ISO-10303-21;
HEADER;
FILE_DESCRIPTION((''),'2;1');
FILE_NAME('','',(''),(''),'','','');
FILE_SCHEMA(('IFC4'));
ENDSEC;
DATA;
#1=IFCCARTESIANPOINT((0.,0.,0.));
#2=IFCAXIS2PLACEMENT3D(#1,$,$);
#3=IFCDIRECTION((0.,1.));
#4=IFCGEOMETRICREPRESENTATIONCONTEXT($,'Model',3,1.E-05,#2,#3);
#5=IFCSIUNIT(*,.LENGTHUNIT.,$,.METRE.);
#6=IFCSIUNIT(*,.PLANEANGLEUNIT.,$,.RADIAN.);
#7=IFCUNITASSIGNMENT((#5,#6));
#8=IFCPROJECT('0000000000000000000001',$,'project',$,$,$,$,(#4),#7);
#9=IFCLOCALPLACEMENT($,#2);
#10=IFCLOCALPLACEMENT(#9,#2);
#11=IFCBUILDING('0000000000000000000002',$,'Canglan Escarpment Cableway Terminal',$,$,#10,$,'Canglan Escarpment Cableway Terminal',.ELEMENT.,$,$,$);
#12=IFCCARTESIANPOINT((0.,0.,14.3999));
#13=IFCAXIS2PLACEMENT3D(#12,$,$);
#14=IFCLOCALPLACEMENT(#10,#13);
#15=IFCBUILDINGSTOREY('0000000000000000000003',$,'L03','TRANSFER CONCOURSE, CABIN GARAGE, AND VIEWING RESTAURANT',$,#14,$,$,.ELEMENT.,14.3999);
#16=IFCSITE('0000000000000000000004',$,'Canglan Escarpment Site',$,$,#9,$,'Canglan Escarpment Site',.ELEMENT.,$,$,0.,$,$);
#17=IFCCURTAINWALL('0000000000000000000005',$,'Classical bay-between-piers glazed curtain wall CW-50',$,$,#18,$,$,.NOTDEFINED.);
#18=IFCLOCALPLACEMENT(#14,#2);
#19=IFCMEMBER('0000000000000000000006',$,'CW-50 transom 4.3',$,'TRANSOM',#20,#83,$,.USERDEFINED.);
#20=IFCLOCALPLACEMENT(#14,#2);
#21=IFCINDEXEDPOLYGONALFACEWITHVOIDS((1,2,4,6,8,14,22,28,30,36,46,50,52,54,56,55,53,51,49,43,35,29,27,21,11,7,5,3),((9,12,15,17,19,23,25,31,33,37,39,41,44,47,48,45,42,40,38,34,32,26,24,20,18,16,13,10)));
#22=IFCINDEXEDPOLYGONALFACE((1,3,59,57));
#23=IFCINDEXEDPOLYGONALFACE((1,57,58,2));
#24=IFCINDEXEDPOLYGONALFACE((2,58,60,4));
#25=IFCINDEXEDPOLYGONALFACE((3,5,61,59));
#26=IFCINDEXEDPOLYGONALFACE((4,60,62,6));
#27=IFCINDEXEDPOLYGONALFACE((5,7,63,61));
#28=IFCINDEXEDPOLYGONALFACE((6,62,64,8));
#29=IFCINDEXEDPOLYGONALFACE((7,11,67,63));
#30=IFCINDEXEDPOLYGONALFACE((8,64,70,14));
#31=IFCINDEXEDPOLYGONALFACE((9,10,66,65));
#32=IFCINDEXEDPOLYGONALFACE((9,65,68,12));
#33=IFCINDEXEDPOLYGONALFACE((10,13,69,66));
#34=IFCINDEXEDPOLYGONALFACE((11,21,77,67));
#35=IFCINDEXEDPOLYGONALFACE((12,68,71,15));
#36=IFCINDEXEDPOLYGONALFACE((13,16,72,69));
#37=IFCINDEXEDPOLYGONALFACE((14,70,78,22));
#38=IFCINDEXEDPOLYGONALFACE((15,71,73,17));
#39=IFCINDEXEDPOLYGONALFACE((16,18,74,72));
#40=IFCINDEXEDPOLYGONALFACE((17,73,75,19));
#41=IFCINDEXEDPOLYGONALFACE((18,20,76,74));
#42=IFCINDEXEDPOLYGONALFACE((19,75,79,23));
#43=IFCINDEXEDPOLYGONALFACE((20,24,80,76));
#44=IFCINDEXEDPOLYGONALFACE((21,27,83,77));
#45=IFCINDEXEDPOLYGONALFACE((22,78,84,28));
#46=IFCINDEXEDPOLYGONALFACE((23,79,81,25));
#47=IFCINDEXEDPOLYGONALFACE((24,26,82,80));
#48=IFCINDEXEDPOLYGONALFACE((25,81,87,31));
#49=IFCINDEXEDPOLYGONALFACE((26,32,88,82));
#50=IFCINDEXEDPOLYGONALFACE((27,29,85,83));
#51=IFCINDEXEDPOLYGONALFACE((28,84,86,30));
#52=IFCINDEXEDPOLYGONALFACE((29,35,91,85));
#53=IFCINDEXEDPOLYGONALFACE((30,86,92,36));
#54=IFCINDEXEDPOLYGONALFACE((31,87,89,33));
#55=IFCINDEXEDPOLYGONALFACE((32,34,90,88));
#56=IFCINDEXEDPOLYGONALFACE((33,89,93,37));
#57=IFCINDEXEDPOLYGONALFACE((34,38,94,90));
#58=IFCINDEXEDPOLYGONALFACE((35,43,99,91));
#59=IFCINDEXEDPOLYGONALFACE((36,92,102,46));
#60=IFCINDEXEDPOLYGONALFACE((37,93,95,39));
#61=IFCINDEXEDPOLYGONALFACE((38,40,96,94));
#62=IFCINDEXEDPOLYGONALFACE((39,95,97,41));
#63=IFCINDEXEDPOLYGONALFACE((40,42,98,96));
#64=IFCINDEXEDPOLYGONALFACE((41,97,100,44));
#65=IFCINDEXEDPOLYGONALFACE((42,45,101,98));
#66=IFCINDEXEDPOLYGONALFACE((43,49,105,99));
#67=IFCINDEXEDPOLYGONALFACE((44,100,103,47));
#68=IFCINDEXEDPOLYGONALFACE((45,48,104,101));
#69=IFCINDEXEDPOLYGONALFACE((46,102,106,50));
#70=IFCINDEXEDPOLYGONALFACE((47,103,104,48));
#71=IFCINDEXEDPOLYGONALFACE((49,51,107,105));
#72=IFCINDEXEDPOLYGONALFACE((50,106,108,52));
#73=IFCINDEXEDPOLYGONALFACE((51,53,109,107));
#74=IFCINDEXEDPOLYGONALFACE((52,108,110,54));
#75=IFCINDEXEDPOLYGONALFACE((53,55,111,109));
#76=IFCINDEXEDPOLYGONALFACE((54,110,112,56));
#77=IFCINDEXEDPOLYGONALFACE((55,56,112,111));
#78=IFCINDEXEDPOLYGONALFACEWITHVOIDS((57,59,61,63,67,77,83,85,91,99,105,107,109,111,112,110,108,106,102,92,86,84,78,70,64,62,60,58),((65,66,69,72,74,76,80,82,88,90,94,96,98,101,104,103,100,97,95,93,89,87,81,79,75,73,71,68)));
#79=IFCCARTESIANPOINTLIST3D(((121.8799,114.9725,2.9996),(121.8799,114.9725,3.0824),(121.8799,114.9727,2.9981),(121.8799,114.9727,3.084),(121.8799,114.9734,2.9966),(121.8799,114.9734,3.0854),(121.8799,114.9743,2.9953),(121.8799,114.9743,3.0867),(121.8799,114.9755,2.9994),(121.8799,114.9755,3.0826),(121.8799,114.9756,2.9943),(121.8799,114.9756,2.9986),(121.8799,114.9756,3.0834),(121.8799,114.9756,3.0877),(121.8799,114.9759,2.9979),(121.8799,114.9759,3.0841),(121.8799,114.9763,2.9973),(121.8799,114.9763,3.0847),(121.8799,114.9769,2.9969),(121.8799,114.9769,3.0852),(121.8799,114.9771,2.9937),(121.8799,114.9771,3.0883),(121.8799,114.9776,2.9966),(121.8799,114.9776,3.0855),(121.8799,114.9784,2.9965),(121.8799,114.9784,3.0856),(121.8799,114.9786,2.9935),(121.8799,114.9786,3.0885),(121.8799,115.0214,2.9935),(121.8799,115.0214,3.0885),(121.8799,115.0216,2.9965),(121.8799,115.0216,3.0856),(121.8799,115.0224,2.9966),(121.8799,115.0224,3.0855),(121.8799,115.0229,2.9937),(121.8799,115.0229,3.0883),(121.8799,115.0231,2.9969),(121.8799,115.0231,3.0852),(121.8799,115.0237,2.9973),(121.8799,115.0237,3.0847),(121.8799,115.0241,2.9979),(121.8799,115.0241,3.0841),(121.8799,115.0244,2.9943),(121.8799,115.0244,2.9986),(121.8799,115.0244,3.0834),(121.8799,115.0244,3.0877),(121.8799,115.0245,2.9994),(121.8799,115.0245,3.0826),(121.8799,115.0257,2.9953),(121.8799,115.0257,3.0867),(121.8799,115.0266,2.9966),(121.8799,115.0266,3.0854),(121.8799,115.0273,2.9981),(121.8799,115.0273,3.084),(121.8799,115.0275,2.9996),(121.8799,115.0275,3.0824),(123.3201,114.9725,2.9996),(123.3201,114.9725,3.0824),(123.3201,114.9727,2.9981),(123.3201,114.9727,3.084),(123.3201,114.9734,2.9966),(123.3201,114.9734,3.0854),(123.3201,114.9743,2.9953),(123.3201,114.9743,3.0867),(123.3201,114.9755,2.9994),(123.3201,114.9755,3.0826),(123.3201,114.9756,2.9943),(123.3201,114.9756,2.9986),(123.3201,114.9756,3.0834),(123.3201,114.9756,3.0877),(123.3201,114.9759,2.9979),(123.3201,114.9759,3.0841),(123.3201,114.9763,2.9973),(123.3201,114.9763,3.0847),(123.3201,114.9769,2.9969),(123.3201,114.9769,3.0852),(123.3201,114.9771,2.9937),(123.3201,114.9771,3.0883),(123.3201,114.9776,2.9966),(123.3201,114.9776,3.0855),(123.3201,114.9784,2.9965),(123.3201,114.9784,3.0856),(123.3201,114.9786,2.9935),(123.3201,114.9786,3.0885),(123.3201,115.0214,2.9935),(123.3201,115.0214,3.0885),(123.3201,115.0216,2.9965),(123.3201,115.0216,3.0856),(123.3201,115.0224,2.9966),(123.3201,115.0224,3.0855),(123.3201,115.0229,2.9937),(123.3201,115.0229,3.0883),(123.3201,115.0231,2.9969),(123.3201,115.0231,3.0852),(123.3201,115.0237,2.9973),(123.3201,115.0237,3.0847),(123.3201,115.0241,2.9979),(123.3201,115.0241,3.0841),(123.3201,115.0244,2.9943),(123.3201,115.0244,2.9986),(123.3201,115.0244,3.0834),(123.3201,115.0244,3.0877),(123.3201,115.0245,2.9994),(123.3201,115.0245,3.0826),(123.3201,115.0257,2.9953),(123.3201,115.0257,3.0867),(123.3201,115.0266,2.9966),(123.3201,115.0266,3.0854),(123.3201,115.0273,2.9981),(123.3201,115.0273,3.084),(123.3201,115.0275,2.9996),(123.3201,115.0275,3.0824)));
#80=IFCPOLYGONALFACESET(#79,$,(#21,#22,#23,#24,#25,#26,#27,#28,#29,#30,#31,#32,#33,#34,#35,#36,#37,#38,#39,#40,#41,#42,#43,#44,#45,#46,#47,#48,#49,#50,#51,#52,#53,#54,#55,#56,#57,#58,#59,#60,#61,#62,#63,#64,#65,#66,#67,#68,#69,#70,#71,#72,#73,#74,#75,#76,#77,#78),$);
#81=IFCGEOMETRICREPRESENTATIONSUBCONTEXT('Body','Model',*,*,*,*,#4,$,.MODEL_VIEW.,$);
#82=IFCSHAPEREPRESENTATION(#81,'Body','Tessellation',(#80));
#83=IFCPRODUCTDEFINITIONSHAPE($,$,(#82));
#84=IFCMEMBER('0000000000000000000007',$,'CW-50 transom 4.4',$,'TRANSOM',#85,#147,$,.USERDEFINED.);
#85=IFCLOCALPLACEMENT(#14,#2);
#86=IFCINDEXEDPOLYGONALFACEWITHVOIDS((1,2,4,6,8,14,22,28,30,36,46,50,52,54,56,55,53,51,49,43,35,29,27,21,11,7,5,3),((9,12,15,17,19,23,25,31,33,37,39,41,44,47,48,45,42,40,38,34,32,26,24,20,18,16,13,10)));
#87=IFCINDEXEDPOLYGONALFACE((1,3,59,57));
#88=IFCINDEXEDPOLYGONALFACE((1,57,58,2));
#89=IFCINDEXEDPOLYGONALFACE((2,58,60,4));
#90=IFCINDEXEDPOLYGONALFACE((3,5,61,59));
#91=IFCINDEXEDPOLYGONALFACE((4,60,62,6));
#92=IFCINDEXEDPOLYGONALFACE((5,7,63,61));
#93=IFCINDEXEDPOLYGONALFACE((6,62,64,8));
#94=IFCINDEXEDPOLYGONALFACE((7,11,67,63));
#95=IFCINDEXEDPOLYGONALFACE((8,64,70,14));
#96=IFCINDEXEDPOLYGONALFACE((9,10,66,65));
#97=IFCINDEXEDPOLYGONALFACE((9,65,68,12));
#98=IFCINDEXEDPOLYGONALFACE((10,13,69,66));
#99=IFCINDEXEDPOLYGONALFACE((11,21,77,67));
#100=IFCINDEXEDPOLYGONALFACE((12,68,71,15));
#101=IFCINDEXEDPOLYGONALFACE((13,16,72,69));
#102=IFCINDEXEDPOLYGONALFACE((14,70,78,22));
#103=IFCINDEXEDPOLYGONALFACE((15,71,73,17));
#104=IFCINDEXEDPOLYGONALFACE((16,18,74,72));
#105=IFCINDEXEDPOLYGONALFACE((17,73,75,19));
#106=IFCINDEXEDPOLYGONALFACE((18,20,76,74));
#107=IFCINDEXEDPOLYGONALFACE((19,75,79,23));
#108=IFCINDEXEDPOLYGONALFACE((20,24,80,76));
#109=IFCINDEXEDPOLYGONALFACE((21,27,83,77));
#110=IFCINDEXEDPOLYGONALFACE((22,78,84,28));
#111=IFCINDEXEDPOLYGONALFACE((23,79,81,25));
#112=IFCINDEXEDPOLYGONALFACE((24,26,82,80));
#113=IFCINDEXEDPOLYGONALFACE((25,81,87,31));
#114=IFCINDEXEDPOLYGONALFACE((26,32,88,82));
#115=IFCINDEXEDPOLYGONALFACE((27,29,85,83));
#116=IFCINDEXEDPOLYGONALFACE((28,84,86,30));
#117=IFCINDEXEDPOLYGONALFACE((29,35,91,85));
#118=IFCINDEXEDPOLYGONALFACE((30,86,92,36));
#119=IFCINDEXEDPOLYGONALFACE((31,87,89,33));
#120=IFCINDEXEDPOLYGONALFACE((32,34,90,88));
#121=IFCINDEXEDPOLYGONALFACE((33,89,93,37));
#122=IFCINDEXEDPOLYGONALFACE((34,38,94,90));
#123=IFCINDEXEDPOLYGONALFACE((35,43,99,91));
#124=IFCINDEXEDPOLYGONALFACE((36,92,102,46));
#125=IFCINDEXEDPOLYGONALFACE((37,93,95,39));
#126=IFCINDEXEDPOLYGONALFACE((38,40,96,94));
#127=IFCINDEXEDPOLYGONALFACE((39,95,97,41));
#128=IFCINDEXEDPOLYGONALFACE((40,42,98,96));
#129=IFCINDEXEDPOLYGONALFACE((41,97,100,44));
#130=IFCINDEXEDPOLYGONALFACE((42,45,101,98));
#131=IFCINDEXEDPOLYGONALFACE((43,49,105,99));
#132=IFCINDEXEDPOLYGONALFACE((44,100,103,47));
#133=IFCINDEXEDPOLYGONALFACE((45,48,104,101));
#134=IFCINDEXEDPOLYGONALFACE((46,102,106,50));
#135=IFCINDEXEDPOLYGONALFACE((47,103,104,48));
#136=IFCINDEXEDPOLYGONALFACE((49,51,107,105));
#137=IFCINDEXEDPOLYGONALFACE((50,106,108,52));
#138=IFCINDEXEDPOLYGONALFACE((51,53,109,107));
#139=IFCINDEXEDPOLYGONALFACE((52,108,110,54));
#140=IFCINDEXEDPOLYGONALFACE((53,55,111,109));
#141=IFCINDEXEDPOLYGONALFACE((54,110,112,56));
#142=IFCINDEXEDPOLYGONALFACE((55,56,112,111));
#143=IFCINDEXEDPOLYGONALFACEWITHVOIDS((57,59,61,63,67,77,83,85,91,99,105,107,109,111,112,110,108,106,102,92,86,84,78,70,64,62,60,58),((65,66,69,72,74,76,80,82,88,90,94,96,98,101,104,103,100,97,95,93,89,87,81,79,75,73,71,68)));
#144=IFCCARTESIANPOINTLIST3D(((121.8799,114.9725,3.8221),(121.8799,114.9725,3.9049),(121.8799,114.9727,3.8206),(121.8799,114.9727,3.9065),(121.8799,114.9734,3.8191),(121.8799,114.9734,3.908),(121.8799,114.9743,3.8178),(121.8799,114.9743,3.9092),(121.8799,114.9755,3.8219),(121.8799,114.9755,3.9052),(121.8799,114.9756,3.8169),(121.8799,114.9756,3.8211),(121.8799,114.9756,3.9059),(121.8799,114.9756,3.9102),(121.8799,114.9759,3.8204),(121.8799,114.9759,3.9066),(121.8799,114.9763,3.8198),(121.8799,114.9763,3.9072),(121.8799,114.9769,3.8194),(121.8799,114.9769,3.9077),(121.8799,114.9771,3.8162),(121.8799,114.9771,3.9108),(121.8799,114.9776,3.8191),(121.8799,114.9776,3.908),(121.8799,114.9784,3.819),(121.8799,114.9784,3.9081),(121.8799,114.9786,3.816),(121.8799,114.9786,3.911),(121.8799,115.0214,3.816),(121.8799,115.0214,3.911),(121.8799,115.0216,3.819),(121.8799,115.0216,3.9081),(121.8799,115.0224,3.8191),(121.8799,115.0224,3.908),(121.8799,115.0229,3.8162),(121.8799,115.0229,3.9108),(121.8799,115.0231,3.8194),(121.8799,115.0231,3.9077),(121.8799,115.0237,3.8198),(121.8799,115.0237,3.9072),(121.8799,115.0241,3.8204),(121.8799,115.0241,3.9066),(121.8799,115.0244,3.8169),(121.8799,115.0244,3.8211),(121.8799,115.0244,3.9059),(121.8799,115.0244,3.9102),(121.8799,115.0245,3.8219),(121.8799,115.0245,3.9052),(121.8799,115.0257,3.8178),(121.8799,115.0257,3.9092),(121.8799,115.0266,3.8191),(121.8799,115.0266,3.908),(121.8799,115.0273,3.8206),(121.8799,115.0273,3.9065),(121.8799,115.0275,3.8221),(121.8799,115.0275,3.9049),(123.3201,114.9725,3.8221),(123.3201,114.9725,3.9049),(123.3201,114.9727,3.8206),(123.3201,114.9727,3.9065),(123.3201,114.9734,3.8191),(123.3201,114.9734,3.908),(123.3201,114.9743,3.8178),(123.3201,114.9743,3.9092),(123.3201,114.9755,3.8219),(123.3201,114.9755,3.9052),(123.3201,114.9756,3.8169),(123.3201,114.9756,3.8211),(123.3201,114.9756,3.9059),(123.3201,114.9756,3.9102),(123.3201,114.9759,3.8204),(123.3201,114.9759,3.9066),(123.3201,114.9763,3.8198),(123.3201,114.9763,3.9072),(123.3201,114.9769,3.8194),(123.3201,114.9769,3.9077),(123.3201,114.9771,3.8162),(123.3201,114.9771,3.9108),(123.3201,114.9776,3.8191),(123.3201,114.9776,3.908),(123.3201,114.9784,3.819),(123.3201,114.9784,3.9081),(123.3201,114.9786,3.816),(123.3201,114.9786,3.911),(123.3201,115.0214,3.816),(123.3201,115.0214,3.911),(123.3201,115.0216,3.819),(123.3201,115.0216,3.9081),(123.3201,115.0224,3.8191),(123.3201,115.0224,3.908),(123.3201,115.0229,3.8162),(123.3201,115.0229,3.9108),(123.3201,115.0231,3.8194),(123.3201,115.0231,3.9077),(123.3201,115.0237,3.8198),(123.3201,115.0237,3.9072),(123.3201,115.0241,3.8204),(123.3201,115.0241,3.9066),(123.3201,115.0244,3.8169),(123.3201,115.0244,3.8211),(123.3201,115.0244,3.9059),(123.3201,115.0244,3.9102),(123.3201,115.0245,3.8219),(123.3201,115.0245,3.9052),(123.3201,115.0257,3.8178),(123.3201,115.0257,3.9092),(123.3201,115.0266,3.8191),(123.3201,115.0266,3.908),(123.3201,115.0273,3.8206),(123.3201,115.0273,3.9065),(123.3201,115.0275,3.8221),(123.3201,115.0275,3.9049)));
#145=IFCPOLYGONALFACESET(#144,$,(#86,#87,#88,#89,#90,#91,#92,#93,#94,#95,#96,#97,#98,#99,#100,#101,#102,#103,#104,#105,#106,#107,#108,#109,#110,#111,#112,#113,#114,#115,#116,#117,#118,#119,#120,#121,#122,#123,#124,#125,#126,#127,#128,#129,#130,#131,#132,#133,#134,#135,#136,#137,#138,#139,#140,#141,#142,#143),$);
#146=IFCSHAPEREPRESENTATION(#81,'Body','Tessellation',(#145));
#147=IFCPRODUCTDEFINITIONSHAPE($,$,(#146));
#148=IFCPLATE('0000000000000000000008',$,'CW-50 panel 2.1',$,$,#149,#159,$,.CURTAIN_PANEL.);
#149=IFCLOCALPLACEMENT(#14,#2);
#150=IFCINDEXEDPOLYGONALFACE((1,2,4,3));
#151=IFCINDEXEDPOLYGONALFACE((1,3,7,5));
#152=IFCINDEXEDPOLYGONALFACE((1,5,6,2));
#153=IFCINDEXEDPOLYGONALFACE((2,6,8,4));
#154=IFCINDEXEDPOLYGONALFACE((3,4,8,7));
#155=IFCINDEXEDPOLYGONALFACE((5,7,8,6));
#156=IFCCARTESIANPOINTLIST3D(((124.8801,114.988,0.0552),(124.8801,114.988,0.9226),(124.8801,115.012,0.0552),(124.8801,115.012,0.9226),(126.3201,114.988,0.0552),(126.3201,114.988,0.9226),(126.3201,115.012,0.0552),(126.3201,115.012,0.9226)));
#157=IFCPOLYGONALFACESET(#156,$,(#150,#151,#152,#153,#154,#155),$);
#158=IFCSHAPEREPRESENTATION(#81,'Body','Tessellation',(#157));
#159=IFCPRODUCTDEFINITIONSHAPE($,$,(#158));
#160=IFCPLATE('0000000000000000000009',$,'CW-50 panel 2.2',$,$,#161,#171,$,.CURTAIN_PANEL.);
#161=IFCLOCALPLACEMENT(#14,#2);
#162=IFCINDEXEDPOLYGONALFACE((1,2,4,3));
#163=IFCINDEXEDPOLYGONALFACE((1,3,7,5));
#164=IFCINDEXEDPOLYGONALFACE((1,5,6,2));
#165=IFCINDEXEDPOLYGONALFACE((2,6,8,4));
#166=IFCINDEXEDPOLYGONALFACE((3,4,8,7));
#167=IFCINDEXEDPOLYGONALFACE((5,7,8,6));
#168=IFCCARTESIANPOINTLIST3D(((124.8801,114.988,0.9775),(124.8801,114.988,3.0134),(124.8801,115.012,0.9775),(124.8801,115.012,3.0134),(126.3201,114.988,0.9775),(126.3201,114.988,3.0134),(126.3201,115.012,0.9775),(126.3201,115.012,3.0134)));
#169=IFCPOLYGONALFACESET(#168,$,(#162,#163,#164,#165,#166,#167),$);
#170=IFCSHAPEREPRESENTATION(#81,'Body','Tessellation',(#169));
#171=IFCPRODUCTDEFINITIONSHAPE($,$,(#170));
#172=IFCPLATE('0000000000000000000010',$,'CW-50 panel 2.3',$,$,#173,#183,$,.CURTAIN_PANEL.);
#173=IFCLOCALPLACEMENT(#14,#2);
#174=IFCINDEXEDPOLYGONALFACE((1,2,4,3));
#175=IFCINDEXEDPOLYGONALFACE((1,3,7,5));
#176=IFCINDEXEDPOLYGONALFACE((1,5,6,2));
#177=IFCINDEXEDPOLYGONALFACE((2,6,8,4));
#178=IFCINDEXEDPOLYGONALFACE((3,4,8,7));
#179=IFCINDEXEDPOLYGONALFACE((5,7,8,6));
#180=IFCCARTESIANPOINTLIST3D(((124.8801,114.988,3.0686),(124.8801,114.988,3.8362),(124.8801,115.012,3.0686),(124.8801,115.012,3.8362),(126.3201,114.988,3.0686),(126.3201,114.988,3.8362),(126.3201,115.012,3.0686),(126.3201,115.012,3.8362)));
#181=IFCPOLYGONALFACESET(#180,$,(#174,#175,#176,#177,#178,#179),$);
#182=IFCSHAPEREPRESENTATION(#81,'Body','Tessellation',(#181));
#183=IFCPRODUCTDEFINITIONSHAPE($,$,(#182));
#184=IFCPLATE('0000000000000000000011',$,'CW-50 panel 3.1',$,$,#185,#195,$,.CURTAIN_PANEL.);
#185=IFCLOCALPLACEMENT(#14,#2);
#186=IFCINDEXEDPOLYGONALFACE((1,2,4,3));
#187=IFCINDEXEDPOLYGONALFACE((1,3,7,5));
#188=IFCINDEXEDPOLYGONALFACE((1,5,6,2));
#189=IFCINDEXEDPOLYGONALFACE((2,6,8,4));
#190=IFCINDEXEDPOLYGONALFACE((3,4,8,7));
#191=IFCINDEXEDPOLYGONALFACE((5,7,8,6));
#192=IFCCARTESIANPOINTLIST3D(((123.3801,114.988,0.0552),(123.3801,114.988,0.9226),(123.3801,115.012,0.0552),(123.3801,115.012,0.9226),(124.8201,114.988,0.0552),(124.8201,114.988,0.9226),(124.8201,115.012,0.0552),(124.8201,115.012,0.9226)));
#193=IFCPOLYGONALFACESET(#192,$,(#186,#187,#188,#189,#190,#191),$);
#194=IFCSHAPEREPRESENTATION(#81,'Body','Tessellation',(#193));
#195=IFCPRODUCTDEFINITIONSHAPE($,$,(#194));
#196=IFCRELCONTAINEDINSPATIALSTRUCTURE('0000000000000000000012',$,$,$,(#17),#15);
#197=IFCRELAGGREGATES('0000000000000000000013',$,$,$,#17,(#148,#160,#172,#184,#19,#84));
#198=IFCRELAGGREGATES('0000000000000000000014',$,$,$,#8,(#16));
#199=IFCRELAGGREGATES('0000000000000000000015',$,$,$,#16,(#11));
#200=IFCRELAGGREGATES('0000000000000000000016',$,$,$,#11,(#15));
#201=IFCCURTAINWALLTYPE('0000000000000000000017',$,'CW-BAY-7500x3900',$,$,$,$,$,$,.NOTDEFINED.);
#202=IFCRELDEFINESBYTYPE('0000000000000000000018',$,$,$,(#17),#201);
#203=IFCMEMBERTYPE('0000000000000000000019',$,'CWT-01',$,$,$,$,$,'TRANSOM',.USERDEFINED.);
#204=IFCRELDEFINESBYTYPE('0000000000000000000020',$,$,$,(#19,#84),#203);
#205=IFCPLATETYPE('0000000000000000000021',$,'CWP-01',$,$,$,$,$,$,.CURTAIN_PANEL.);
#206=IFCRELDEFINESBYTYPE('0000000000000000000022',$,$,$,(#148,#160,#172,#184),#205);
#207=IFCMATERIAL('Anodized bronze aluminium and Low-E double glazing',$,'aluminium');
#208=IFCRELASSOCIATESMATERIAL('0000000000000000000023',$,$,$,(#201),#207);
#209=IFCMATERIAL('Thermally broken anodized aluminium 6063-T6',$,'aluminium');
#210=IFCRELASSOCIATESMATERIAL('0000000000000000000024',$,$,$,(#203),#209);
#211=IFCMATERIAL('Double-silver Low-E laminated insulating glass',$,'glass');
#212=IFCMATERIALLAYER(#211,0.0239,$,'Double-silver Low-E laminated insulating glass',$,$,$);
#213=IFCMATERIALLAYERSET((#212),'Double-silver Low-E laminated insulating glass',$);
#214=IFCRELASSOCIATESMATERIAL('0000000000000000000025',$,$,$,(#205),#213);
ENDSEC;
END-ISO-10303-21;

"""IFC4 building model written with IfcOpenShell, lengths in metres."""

from ifc_helpers import new_model, si_unit, direction, frame, origin, origin_2d, place, context, subcontext, project, spatial, rectangle, hollow_rectangle, extrude, material, layer, layer_set, material_profile, profile_set, type_object, element, aggregate, save


model = new_model("IFC4")

# Units and contexts
model_context = context("Model", 3, precision=1e-05, world=origin(), true_north=direction((0.0, 1.0)))
body_context = subcontext(model_context, "Body", "Model", "MODEL_VIEW")
ifc_project = project(units=[si_unit("LENGTHUNIT", "METRE"), si_unit("PLANEANGLEUNIT", "RADIAN")], contexts=[model_context])

# Site, building, storey
site_placement = place(None, origin())
site = spatial("IfcSite", under=ifc_project, at=site_placement, Name="Canglan Escarpment Site", LongName="Canglan Escarpment Site", CompositionType="ELEMENT", RefElevation=0.0)
building_placement = place(site_placement, origin())
building = spatial("IfcBuilding", under=site, at=building_placement, Name="Canglan Escarpment Cableway Terminal", LongName="Canglan Escarpment Cableway Terminal", CompositionType="ELEMENT")
storey_placement = place(building_placement, frame((0.0, 0.0, 14.3999)))
storey = spatial("IfcBuildingStorey", under=building, at=storey_placement, Name="L03", Description="TRANSFER CONCOURSE, CABIN GARAGE, AND VIEWING RESTAURANT", CompositionType="ELEMENT", Elevation=14.3999)

# Curtain wall, members, plates
ifc_material_1 = material(Name="Anodized bronze aluminium and Low-E double glazing", Category="aluminium")
curtain_wall_type = type_object("IfcCurtainWallType", Name="CW-BAY-7500x3900", PredefinedType="NOTDEFINED", material=ifc_material_1)
curtain_wall_placement = place(storey_placement, origin())
curtain_wall = element("IfcCurtainWall", 1, at=curtain_wall_placement, inside=storey, type_object=curtain_wall_type, Name="Classical bay-between-piers glazed curtain wall CW-50", PredefinedType="NOTDEFINED")
ifc_material_2 = material(Name="Thermally broken anodized aluminium 6063-T6", Category="aluminium")
ifc_material_profile_1 = material_profile(ifc_material_2, hollow_rectangle(XDim=0.0549, YDim=0.095, WallThickness=0.0029, InnerFilletRadius=0.0029, OuterFilletRadius=0.0061, at=origin_2d()), Name="ALU-TRAN 55x95x3")
ifc_profile_set_1 = profile_set([ifc_material_profile_1], Name="Thermally broken anodized aluminium 6063-T6")
member_type_1 = type_object("IfcMemberType", Name="CWT-01", ElementType="TRANSOM", PredefinedType="USERDEFINED", material=ifc_profile_set_1)
member_1_placement = place(storey_placement, frame((123.3201, 115.0, 3.041), z_axis=(-1.0, 0.0, 0.0), x_axis=(0.0, -1.0, 0.0)))
member_1 = element("IfcMember", 2, at=member_1_placement, type_object=member_type_1, Name="CW-50 transom 4.3", ObjectType="TRANSOM", PredefinedType="USERDEFINED", context=body_context, shape_type="SweptSolid", body=[
    extrude(hollow_rectangle(XDim=0.0549, YDim=0.095, WallThickness=0.0029, InnerFilletRadius=0.0029, OuterFilletRadius=0.0061, at=origin_2d()), origin(), (0.0, 0.0, 1.0), 1.4402),
])
member_2_placement = place(storey_placement, frame((123.3201, 115.0, 3.8635), z_axis=(-1.0, 0.0, 0.0), x_axis=(0.0, -1.0, 0.0)))
member_2 = element("IfcMember", 3, at=member_2_placement, type_object=member_type_1, Name="CW-50 transom 4.4", ObjectType="TRANSOM", PredefinedType="USERDEFINED", context=body_context, shape_type="SweptSolid", body=[
    extrude(hollow_rectangle(XDim=0.0549, YDim=0.095, WallThickness=0.0029, InnerFilletRadius=0.0029, OuterFilletRadius=0.0061, at=origin_2d()), origin(), (0.0, 0.0, 1.0), 1.4402),
])
ifc_material_3 = material(Name="Double-silver Low-E laminated insulating glass", Category="glass")
ifc_layer_1 = layer(ifc_material_3, 0.0239, Name="Double-silver Low-E laminated insulating glass")
ifc_layer_set_1 = layer_set([ifc_layer_1], Name="Double-silver Low-E laminated insulating glass")
plate_type = type_object("IfcPlateType", Name="CWP-01", PredefinedType="CURTAIN_PANEL", material=ifc_layer_set_1)
plate_1_placement = place(storey_placement, frame((125.6001, 115.0, 0.0552), z_axis=(0.0, 0.0, 1.0), x_axis=(-1.0, 0.0, 0.0)))
plate_1 = element("IfcPlate", 4, at=plate_1_placement, type_object=plate_type, Name="CW-50 panel 2.1", PredefinedType="CURTAIN_PANEL", context=body_context, shape_type="SweptSolid", body=[
    extrude(rectangle(XDim=1.4399, YDim=0.0239, at=origin_2d()), origin(), (0.0, 0.0, 1.0), 0.8674),
])
plate_2_placement = place(storey_placement, frame((125.6001, 115.0, 0.9775), z_axis=(0.0, 0.0, 1.0), x_axis=(-1.0, 0.0, 0.0)))
plate_2 = element("IfcPlate", 5, at=plate_2_placement, type_object=plate_type, Name="CW-50 panel 2.2", PredefinedType="CURTAIN_PANEL", context=body_context, shape_type="SweptSolid", body=[
    extrude(rectangle(XDim=1.4399, YDim=0.0239, at=origin_2d()), origin(), (0.0, 0.0, 1.0), 2.0359),
])
plate_3_placement = place(storey_placement, frame((125.6001, 115.0, 3.0686), z_axis=(0.0, 0.0, 1.0), x_axis=(-1.0, 0.0, 0.0)))
plate_3 = element("IfcPlate", 6, at=plate_3_placement, type_object=plate_type, Name="CW-50 panel 2.3", PredefinedType="CURTAIN_PANEL", context=body_context, shape_type="SweptSolid", body=[
    extrude(rectangle(XDim=1.4399, YDim=0.0239, at=origin_2d()), origin(), (0.0, 0.0, 1.0), 0.7676),
])
plate_4_placement = place(storey_placement, frame((124.1001, 115.0, 0.0552), z_axis=(0.0, 0.0, 1.0), x_axis=(-1.0, 0.0, 0.0)))
plate_4 = element("IfcPlate", 7, at=plate_4_placement, type_object=plate_type, Name="CW-50 panel 3.1", PredefinedType="CURTAIN_PANEL", context=body_context, shape_type="SweptSolid", body=[
    extrude(rectangle(XDim=1.4399, YDim=0.0239, at=origin_2d()), origin(), (0.0, 0.0, 1.0), 0.8674),
])
aggregate(curtain_wall, [plate_1, plate_2, plate_3, plate_4, member_1, member_2])

save(model, "model.ifc")
